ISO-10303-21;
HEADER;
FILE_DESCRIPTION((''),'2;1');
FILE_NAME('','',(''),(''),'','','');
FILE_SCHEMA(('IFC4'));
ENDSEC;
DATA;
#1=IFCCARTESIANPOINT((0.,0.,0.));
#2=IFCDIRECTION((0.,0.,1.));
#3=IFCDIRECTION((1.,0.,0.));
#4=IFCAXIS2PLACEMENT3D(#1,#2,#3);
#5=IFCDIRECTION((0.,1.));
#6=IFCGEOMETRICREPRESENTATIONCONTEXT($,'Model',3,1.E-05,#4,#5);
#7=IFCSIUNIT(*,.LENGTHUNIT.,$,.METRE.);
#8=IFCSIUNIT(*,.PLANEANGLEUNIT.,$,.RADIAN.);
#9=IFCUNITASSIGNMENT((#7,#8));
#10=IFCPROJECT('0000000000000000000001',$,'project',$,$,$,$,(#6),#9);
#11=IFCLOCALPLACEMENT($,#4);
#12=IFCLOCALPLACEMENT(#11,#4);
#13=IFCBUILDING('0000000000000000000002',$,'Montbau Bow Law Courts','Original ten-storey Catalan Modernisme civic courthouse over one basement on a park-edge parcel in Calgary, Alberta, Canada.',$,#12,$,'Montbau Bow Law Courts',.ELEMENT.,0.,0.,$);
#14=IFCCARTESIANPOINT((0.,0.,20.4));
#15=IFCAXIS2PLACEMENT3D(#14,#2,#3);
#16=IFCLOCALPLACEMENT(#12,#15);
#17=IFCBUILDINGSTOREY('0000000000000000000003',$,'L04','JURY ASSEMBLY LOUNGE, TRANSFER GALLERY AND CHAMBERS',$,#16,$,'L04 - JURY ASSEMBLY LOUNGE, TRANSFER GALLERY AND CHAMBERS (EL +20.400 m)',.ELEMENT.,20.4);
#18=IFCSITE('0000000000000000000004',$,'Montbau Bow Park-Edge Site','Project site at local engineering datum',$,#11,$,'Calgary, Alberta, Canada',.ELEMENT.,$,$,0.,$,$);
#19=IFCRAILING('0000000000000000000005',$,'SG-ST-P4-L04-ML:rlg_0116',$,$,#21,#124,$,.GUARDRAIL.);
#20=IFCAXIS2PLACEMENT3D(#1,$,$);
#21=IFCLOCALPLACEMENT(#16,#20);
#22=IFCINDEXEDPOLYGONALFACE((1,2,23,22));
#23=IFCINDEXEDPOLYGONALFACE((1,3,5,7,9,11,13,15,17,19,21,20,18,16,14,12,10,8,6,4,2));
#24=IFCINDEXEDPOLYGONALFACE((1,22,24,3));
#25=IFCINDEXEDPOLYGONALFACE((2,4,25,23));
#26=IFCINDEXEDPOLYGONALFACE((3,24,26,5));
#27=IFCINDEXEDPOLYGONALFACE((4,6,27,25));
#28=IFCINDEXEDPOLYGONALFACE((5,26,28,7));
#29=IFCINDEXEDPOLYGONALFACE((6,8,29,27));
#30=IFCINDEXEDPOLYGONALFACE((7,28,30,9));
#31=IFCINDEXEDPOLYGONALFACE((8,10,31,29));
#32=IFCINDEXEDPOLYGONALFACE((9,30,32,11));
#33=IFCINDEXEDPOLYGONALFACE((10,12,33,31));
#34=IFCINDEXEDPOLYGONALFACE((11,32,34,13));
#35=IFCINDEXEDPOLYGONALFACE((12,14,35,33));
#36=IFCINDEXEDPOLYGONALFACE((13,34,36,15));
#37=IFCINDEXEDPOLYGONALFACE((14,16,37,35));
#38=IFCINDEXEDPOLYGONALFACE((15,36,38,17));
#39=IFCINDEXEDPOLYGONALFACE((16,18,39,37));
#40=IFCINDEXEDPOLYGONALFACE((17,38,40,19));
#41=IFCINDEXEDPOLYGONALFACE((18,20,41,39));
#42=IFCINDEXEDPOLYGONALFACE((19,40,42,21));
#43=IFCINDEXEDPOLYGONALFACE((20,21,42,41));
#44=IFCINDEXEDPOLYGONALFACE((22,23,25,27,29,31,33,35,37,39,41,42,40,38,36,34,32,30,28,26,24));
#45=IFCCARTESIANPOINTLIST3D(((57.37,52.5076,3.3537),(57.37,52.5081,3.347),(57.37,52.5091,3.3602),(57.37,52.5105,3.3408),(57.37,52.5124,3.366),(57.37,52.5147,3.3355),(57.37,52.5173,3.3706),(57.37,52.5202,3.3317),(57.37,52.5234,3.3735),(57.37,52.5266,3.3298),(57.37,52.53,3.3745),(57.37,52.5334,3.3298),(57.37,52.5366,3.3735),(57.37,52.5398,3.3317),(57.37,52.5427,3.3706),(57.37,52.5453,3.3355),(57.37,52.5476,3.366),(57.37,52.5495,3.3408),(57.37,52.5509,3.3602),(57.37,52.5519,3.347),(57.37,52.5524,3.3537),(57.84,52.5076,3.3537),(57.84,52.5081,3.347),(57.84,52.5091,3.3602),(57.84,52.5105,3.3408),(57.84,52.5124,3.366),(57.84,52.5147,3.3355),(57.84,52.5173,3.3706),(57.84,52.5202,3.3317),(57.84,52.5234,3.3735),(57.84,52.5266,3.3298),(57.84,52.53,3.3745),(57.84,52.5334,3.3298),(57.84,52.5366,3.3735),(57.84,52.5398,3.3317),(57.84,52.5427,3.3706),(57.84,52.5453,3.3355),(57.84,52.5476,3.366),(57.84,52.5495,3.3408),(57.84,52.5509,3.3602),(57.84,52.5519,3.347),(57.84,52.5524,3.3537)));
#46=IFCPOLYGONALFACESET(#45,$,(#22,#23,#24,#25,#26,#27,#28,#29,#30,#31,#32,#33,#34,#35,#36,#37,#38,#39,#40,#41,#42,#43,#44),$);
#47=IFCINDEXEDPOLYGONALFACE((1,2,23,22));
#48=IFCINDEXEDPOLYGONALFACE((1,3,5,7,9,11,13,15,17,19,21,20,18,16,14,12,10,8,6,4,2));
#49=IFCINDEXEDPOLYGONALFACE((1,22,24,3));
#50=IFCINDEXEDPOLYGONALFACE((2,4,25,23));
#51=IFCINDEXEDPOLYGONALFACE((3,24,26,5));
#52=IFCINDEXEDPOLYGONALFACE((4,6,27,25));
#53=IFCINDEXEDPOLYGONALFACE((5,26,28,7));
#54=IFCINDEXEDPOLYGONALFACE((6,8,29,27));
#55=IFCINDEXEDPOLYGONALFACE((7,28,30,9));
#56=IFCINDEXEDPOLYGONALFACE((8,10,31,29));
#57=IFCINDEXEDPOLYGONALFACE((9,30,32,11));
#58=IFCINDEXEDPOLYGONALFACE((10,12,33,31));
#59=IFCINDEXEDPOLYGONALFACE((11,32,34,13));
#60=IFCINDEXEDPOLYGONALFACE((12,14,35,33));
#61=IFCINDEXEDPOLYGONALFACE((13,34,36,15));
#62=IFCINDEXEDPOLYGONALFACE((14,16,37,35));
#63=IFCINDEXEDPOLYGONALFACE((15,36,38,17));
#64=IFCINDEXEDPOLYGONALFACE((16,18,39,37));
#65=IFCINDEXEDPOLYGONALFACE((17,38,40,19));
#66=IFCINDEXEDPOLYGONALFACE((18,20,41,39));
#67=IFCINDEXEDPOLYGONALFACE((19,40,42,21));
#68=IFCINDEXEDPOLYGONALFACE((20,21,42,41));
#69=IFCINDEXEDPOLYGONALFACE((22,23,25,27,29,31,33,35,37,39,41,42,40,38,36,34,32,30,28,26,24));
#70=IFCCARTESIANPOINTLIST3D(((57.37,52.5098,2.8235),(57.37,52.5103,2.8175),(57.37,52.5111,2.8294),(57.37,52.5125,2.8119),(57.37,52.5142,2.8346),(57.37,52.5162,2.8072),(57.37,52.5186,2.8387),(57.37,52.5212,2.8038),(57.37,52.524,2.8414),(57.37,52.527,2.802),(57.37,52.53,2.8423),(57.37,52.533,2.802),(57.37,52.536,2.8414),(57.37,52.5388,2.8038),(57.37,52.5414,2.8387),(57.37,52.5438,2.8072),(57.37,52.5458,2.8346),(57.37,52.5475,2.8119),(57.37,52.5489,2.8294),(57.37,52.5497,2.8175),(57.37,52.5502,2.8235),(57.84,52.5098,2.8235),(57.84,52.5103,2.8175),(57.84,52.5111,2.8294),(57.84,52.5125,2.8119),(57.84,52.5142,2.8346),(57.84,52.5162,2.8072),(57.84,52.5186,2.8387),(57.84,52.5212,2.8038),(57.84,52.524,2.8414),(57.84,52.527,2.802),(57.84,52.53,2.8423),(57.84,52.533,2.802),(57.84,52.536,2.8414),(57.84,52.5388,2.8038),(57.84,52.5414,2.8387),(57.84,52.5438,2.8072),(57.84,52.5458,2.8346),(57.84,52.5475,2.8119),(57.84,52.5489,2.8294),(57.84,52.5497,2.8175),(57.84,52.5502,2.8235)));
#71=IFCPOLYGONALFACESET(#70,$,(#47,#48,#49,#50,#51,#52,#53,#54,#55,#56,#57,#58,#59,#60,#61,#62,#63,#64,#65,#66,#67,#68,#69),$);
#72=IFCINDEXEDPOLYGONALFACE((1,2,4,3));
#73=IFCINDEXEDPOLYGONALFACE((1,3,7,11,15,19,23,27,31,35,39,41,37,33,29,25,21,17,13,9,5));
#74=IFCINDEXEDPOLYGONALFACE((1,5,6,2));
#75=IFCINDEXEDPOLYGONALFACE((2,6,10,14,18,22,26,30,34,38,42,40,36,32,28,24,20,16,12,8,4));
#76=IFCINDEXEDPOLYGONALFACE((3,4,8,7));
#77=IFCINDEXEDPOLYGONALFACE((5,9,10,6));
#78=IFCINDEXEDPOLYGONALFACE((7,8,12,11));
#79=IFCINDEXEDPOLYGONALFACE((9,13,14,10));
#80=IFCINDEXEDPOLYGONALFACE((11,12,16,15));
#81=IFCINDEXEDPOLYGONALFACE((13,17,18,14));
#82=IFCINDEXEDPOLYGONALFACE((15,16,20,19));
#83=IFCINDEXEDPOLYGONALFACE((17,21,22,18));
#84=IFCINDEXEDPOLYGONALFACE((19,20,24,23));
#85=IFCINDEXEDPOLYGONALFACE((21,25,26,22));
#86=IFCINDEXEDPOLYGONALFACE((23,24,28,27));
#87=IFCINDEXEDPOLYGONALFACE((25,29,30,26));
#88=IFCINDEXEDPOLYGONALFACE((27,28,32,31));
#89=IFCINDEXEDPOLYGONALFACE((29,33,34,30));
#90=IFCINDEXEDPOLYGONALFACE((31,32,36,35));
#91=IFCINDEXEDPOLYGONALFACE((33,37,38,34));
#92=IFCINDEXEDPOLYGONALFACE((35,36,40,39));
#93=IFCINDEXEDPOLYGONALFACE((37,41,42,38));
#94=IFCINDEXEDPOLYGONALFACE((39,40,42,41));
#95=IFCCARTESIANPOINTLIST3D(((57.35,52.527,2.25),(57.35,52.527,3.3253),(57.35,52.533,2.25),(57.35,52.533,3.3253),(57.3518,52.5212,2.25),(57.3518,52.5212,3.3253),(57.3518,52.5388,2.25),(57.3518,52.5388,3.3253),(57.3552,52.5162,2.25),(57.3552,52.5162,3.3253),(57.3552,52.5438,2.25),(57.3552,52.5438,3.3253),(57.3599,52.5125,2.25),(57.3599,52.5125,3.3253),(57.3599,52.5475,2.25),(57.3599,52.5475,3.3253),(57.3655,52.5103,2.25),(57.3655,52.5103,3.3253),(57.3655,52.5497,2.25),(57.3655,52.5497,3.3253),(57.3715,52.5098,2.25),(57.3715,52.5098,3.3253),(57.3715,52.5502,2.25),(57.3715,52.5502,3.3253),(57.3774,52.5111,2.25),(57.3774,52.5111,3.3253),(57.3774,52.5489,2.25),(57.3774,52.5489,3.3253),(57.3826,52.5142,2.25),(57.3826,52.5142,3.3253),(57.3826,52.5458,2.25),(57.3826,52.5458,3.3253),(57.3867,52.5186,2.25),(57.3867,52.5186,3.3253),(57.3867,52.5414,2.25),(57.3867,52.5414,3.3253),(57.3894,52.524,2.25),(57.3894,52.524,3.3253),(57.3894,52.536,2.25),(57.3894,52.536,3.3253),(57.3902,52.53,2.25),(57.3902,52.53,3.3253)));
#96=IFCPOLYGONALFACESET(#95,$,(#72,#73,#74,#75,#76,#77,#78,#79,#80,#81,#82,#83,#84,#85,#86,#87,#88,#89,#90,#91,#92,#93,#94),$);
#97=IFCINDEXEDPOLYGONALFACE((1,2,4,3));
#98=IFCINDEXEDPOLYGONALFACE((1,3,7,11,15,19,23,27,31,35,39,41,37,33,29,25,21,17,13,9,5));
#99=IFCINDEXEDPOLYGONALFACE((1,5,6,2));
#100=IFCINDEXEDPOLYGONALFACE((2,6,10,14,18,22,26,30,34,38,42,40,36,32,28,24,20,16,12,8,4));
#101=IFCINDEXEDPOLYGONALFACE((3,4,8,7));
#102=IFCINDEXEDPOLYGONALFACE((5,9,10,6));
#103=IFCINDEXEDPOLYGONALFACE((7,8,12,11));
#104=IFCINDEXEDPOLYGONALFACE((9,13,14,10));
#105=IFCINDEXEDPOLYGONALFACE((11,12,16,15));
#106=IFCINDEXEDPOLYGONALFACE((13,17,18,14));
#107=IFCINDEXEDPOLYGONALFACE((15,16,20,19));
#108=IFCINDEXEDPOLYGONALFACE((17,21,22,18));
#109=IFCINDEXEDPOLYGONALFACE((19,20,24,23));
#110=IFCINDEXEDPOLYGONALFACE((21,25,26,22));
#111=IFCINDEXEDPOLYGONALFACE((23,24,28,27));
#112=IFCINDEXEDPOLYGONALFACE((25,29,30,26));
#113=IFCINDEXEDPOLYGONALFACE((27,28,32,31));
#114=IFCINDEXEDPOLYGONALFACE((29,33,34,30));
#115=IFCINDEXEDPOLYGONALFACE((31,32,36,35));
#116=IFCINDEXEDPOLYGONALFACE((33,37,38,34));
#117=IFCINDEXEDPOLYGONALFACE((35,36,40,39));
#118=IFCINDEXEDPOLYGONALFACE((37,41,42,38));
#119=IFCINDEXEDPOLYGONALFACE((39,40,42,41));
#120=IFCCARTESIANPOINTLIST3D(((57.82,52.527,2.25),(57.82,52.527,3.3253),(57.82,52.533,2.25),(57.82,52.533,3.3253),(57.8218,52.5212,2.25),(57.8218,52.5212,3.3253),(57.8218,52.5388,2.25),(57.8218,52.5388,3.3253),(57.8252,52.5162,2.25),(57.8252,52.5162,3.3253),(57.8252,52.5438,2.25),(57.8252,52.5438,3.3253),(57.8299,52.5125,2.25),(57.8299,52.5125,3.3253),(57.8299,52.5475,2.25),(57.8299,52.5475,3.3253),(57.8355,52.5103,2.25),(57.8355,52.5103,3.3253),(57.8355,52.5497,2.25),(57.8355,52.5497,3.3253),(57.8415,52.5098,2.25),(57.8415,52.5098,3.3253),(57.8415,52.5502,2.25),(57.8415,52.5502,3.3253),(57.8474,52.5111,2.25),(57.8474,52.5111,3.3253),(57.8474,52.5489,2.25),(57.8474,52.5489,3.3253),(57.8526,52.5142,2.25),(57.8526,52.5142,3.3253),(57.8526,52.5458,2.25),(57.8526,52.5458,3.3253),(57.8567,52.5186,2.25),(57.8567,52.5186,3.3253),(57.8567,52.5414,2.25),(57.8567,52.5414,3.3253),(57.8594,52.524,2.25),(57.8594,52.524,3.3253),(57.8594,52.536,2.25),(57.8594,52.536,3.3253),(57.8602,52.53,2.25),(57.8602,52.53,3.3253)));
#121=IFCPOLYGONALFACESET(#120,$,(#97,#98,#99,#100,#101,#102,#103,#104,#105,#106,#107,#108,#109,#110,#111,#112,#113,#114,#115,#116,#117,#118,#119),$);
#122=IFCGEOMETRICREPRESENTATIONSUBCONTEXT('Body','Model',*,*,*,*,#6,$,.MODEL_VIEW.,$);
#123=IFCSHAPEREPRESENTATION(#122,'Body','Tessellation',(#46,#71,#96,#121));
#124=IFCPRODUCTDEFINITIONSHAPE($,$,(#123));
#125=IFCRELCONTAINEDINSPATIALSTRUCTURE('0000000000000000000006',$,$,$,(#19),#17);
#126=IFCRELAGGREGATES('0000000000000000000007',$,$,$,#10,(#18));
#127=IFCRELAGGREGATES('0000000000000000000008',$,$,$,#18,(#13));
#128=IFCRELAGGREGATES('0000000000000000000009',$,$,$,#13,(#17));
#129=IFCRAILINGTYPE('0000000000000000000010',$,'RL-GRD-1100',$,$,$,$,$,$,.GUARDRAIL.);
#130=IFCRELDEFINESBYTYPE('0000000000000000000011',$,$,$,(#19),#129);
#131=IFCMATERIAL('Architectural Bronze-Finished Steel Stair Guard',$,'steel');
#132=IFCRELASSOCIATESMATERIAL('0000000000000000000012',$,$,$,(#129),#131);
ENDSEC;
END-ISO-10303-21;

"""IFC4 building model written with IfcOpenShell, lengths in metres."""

from ifc_helpers import new_model, si_unit, direction, frame, origin_with_axes, origin_2d_with_axis, place, context, subcontext, project, spatial, circle, extrude, material, type_object, element, save


model = new_model("IFC4")

# Units and contexts
model_context = context("Model", 3, precision=1e-05, world=origin_with_axes(), true_north=direction((0.0, 1.0)))
body_context = subcontext(model_context, "Body", "Model", "MODEL_VIEW")
ifc_project = project(units=[si_unit("LENGTHUNIT", "METRE"), si_unit("PLANEANGLEUNIT", "RADIAN")], contexts=[model_context])

# Site, building, storey
site_placement = place(None, origin_with_axes())
site = spatial("IfcSite", under=ifc_project, at=site_placement, Name="Montbau Bow Park-Edge Site", Description="Project site at local engineering datum", LongName="Calgary, Alberta, Canada", CompositionType="ELEMENT", RefElevation=0.0)
building_placement = place(site_placement, origin_with_axes())
building = spatial("IfcBuilding", under=site, at=building_placement, Name="Montbau Bow Law Courts", Description="Original ten-storey Catalan Modernisme civic courthouse over one basement on a park-edge parcel in Calgary, Alberta, Canada.", LongName="Montbau Bow Law Courts", CompositionType="ELEMENT", ElevationOfRefHeight=0.0, ElevationOfTerrain=0.0)
storey_placement = place(building_placement, frame((0.0, 0.0, 20.4), z_axis=(0.0, 0.0, 1.0), x_axis=(1.0, 0.0, 0.0)))
storey = spatial("IfcBuildingStorey", under=building, at=storey_placement, Name="L04", Description="JURY ASSEMBLY LOUNGE, TRANSFER GALLERY AND CHAMBERS", LongName="L04 - JURY ASSEMBLY LOUNGE, TRANSFER GALLERY AND CHAMBERS (EL +20.400 m)", CompositionType="ELEMENT", Elevation=20.4)

# Railing
ifc_material_1 = material(Name="Architectural Bronze-Finished Steel Stair Guard", Category="steel")
railing_type_1 = type_object("IfcRailingType", Name="RL-GRD-1100", PredefinedType="GUARDRAIL", material=ifc_material_1)
railing_1_placement = place(None, origin_with_axes())
element("IfcRailing", 1, at=railing_1_placement, inside=storey, type_object=railing_type_1, Name="SG-ST-P4-L04-ML:rlg_0116", PredefinedType="GUARDRAIL", context=body_context, shape_type="SweptSolid", body=[
    extrude(circle(Radius=0.0225, at=origin_2d_with_axis()), frame((57.37, 52.53, 23.752), z_axis=(1.0, 0.0, 0.0), x_axis=(0.0, 0.0, 1.0)), (0.0, 0.0, 1.0), 0.47),
    extrude(circle(Radius=0.0203, at=origin_2d_with_axis()), frame((57.37, 52.53, 23.222), z_axis=(1.0, 0.0, 0.0), x_axis=(0.0, 0.0, 1.0)), (0.0, 0.0, 1.0), 0.47),
    extrude(circle(Radius=0.0203, at=origin_2d_with_axis()), frame((57.37, 52.53, 22.65), z_axis=(0.0, 0.0, 1.0), x_axis=(1.0, 0.0, 0.0)), (0.0, 0.0, 1.0), 1.0753),
    extrude(circle(Radius=0.0203, at=origin_2d_with_axis()), frame((57.84, 52.53, 22.65), z_axis=(0.0, 0.0, 1.0), x_axis=(1.0, 0.0, 0.0)), (0.0, 0.0, 1.0), 1.0753),
])

save(model, "model.ifc")
